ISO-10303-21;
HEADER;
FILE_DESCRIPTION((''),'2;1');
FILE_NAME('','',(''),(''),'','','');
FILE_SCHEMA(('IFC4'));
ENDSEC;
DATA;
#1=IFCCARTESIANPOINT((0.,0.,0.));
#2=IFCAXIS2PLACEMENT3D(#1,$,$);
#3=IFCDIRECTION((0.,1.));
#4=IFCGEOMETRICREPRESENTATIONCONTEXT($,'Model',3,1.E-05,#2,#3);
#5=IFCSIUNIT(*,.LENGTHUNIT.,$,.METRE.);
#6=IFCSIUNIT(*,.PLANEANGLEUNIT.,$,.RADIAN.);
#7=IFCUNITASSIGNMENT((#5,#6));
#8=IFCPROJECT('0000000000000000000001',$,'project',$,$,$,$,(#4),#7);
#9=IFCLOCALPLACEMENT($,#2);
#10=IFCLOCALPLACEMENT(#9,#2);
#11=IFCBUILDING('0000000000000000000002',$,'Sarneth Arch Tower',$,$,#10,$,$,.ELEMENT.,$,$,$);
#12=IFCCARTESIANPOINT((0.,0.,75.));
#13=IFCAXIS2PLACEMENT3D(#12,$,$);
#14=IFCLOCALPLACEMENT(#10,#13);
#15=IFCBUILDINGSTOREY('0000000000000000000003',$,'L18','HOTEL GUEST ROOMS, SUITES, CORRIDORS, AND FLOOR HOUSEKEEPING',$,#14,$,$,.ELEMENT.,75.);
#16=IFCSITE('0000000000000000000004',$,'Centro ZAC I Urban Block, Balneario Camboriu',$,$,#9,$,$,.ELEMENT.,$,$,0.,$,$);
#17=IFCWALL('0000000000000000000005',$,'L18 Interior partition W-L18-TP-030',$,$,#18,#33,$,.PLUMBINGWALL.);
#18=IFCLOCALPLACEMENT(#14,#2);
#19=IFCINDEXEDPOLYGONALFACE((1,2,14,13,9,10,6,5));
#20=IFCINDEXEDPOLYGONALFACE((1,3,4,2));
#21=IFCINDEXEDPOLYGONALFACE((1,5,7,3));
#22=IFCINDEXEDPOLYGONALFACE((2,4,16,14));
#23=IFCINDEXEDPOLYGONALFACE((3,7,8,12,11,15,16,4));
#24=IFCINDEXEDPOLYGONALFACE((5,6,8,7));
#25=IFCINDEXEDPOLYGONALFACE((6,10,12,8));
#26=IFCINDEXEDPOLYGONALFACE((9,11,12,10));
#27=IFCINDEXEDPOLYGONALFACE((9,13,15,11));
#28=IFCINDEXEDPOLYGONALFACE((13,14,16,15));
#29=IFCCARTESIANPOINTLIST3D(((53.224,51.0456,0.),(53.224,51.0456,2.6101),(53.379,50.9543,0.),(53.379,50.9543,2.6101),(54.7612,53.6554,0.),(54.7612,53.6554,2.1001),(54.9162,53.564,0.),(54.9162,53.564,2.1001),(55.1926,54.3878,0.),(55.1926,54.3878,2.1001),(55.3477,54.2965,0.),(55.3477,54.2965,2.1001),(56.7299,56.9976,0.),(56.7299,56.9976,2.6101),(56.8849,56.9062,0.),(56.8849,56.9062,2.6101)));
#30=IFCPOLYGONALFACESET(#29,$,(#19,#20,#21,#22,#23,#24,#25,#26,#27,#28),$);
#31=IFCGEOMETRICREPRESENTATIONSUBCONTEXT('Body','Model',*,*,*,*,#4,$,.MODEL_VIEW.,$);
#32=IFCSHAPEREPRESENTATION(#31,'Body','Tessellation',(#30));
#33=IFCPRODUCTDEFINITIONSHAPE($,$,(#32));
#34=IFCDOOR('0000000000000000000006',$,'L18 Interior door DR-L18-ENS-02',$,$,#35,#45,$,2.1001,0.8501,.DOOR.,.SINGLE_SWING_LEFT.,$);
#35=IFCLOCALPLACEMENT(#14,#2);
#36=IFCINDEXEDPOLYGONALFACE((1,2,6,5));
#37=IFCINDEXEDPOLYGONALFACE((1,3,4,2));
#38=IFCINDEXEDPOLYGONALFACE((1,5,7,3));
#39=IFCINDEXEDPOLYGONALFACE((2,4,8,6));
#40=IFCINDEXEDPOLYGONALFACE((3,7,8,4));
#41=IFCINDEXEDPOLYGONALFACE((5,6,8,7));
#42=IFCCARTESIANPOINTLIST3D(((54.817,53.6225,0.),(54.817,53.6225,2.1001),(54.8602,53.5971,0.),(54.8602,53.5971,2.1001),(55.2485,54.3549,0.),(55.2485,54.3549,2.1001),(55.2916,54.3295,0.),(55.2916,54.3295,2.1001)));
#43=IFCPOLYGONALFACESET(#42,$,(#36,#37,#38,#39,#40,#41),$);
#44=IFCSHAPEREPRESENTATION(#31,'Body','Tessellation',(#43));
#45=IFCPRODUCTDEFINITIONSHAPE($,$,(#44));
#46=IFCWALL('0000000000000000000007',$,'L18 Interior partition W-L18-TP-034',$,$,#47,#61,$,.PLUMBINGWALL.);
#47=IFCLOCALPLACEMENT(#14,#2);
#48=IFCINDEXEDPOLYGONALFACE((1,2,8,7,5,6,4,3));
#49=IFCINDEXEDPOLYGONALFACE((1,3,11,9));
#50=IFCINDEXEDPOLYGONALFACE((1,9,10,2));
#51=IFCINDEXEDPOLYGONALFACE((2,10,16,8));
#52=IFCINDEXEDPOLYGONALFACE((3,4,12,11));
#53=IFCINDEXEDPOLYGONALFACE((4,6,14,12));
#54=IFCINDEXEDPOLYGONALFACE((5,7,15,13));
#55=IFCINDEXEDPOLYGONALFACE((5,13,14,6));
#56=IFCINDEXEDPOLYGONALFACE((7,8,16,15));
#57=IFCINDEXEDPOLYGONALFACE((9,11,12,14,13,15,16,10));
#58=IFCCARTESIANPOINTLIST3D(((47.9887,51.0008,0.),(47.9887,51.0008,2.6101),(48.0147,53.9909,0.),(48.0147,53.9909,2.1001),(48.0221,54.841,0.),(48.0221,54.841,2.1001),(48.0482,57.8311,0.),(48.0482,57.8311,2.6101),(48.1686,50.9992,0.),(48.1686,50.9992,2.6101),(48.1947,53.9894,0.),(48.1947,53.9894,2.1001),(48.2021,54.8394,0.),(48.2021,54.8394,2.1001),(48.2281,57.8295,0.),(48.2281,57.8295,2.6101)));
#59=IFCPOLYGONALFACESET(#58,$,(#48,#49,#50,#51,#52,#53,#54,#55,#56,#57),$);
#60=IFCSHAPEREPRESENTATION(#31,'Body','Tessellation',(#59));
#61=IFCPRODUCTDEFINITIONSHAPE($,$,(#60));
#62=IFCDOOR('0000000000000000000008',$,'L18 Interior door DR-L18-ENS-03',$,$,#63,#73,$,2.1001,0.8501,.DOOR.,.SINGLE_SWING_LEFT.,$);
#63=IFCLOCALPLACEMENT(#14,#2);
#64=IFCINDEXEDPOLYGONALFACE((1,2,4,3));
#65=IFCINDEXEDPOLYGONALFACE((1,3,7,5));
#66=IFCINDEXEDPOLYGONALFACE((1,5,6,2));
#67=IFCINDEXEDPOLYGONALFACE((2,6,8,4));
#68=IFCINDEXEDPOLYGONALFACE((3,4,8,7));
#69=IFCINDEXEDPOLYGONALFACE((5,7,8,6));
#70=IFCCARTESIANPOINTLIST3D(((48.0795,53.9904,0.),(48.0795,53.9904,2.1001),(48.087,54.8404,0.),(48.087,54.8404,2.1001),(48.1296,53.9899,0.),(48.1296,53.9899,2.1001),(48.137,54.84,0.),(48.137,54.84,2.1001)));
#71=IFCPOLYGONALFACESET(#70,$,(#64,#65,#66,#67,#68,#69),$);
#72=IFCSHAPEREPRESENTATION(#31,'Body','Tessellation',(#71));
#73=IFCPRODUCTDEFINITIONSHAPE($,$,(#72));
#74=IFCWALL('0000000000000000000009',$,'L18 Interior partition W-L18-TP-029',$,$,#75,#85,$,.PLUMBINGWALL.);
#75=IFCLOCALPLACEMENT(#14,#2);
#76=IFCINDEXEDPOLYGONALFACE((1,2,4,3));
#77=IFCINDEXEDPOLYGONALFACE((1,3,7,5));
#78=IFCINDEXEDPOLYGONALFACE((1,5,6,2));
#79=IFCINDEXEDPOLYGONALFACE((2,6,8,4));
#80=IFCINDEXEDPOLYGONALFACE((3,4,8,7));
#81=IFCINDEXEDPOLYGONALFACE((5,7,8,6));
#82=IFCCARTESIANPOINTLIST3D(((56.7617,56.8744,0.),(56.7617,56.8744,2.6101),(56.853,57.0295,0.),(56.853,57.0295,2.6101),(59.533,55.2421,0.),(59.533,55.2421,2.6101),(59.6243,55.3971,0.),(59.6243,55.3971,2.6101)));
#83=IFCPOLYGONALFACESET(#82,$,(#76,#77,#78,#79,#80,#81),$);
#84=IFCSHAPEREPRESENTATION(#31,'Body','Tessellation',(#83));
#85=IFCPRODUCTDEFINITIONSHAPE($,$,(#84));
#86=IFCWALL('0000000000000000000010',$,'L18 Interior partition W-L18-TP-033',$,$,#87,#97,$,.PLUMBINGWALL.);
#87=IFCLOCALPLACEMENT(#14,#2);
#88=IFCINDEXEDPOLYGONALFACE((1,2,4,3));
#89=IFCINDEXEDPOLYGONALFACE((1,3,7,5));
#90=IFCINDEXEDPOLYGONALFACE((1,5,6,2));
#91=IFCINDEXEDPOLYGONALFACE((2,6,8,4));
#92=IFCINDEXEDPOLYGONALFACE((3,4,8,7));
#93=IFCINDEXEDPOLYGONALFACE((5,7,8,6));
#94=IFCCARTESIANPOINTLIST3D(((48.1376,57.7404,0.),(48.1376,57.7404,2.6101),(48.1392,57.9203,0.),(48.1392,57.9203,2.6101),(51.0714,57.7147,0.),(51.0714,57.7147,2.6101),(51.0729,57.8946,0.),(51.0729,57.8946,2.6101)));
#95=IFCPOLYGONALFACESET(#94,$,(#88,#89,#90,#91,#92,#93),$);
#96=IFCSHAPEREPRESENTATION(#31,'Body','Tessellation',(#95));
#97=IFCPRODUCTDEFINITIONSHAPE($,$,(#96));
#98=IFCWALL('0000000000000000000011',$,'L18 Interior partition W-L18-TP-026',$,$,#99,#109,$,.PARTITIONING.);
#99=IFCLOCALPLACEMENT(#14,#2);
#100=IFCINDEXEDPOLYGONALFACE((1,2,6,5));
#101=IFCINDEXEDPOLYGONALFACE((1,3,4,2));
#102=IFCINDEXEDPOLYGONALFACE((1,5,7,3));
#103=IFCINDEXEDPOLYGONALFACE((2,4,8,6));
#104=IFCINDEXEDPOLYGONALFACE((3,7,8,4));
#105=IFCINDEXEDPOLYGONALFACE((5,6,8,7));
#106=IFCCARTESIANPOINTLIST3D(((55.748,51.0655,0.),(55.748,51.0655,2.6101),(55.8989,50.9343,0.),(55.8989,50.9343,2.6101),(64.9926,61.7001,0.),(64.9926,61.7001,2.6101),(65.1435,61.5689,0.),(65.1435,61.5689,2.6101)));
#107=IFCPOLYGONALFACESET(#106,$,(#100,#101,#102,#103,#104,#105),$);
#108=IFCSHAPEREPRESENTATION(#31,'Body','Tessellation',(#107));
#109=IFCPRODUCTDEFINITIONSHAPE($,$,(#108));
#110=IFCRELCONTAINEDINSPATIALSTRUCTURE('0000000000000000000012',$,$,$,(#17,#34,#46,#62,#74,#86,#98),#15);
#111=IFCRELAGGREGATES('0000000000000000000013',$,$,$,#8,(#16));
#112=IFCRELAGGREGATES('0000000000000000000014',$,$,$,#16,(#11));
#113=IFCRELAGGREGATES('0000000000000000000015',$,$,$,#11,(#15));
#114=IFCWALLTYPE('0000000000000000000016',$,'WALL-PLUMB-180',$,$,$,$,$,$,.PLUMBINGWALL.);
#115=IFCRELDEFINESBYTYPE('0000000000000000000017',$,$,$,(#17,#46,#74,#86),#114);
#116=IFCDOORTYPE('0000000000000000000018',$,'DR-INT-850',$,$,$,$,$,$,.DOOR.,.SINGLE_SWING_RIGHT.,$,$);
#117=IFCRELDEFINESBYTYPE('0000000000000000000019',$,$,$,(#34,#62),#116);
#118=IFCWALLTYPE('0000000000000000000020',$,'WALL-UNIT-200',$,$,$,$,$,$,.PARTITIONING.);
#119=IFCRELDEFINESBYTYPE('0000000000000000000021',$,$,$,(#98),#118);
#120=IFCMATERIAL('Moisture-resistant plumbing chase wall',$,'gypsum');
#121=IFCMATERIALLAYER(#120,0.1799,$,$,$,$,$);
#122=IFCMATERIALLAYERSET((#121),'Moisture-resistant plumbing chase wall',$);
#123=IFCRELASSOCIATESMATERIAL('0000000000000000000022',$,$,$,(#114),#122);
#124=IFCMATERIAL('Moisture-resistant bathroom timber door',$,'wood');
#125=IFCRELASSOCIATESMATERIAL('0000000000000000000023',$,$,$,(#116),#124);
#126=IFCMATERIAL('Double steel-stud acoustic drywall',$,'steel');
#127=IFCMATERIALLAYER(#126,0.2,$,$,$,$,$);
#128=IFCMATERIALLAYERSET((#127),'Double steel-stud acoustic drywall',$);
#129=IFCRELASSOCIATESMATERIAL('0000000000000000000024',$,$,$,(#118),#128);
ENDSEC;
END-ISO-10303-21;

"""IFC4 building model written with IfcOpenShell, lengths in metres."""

from ifc_helpers import new_model, si_unit, direction, frame, frame_2d, origin, place, context, subcontext, project, spatial, rectangle, extrude, material, layer, layer_set, type_object, element, fill, save


model = new_model("IFC4")

# Units and contexts
model_context = context("Model", 3, precision=1e-05, world=origin(), true_north=direction((0.0, 1.0)))
body_context = subcontext(model_context, "Body", "Model", "MODEL_VIEW")
ifc_project = project(units=[si_unit("LENGTHUNIT", "METRE"), si_unit("PLANEANGLEUNIT", "RADIAN")], contexts=[model_context])

# Site, building, storey
site_placement = place(None, origin())
site = spatial("IfcSite", under=ifc_project, at=site_placement, Name="Centro ZAC I Urban Block, Balneario Camboriu", CompositionType="ELEMENT", RefElevation=0.0)
building_placement = place(site_placement, origin())
building = spatial("IfcBuilding", under=site, at=building_placement, Name="Sarneth Arch Tower", CompositionType="ELEMENT")
storey_placement = place(building_placement, frame((0.0, 0.0, 75.0)))
storey = spatial("IfcBuildingStorey", under=building, at=storey_placement, Name="L18", Description="HOTEL GUEST ROOMS, SUITES, CORRIDORS, AND FLOOR HOUSEKEEPING", CompositionType="ELEMENT", Elevation=75.0)

# Walls, openings, doors
ifc_material_1 = material(Name="Moisture-resistant plumbing chase wall", Category="gypsum")
ifc_layer_1 = layer(ifc_material_1, 0.1799)
ifc_layer_set_1 = layer_set([ifc_layer_1], Name="Moisture-resistant plumbing chase wall")
wall_type_1 = type_object("IfcWallType", Name="WALL-PLUMB-180", PredefinedType="PLUMBINGWALL", material=ifc_layer_set_1)
wall_1_placement = place(storey_placement, frame((56.8074, 56.9519, 0.0), z_axis=(0.0, 0.0, 1.0), x_axis=(-0.50753, -0.861634, 0.0)))
wall_1 = element("IfcWall", 1, at=wall_1_placement, inside=storey, type_object=wall_type_1, Name="L18 Interior partition W-L18-TP-030", PredefinedType="PLUMBINGWALL", context=body_context, shape_type="SweptSolid", body=[
    extrude(rectangle(XDim=6.9077, YDim=0.1799, at=frame_2d((3.4539, 0.0))), origin(), (0.0, 0.0, 1.0), 2.6101),
])
opening_1_placement = place(wall_1_placement, frame((3.0288, 0.0, 0.0)))
opening_1 = element("IfcOpeningElement", 2, at=opening_1_placement, cuts=wall_1, PredefinedType="OPENING", context=body_context, shape_type="SweptSolid", body=[
    extrude(rectangle(XDim=0.8501, YDim=2.1001, at=frame_2d((0.425, 1.05))), frame((0.0, 0.0999, 0.0), z_axis=(0.0, -1.0, 0.0), x_axis=(1.0, 0.0, 0.0)), (0.0, 0.0, 1.0), 0.2),
])
ifc_material_2 = material(Name="Moisture-resistant bathroom timber door", Category="wood")
door_type_1 = type_object("IfcDoorType", Name="DR-INT-850", OperationType="SINGLE_SWING_RIGHT", PredefinedType="DOOR", material=ifc_material_2)
door_1_placement = place(opening_1_placement, origin())
door_1 = element("IfcDoor", 3, at=door_1_placement, inside=storey, type_object=door_type_1, Name="L18 Interior door DR-L18-ENS-02", OperationType="SINGLE_SWING_LEFT", OverallHeight=2.1001, OverallWidth=0.8501, PredefinedType="DOOR", context=body_context, shape_type="SweptSolid", body=[
    extrude(rectangle(XDim=0.8501, YDim=2.1001, at=frame_2d((0.425, 1.05))), frame((0.0, 0.0249, 0.0), z_axis=(0.0, -1.0, 0.0), x_axis=(1.0, 0.0, 0.0)), (0.0, 0.0, 1.0), 0.05),
])
fill(opening_1, door_1)
wall_2_placement = place(storey_placement, frame((48.1382, 57.8303, 0.0), z_axis=(0.0, 0.0, 1.0), x_axis=(-0.008721, -0.999962, 0.0)))
wall_2 = element("IfcWall", 4, at=wall_2_placement, inside=storey, type_object=wall_type_1, Name="L18 Interior partition W-L18-TP-034", PredefinedType="PLUMBINGWALL", context=body_context, shape_type="SweptSolid", body=[
    extrude(rectangle(XDim=6.8306, YDim=0.1799, at=frame_2d((3.4153, 0.0))), origin(), (0.0, 0.0, 1.0), 2.6101),
])
opening_2_placement = place(wall_2_placement, frame((2.9902, 0.0, 0.0)))
opening_2 = element("IfcOpeningElement", 5, at=opening_2_placement, cuts=wall_2, PredefinedType="OPENING", context=body_context, shape_type="SweptSolid", body=[
    extrude(rectangle(XDim=0.8501, YDim=2.1001, at=frame_2d((0.425, 1.05))), frame((0.0, 0.0999, 0.0), z_axis=(0.0, -1.0, 0.0), x_axis=(1.0, 0.0, 0.0)), (0.0, 0.0, 1.0), 0.2),
])
door_2_placement = place(opening_2_placement, origin())
door_2 = element("IfcDoor", 6, at=door_2_placement, inside=storey, type_object=door_type_1, Name="L18 Interior door DR-L18-ENS-03", OperationType="SINGLE_SWING_LEFT", OverallHeight=2.1001, OverallWidth=0.8501, PredefinedType="DOOR", context=body_context, shape_type="SweptSolid", body=[
    extrude(rectangle(XDim=0.8501, YDim=2.1001, at=frame_2d((0.425, 1.05))), frame((0.0, 0.0249, 0.0), z_axis=(0.0, -1.0, 0.0), x_axis=(1.0, 0.0, 0.0)), (0.0, 0.0, 1.0), 0.05),
])
fill(opening_2, door_2)

# Walls
wall_3_placement = place(storey_placement, frame((59.5786, 55.3196, 0.0), z_axis=(0.0, 0.0, 1.0), x_axis=(-0.861637, 0.507524, 0.0)))
element("IfcWall", 7, at=wall_3_placement, inside=storey, type_object=wall_type_1, Name="L18 Interior partition W-L18-TP-029", PredefinedType="PLUMBINGWALL", context=body_context, shape_type="SweptSolid", body=[
    extrude(rectangle(XDim=3.2163, YDim=0.1799, at=frame_2d((1.6082, 0.0))), origin(), (0.0, 0.0, 1.0), 2.6101),
])
wall_4_placement = place(storey_placement, frame((51.072, 57.8047, 0.0), z_axis=(0.0, 0.0, 1.0), x_axis=(-0.999962, 0.008737, 0.0)))
element("IfcWall", 8, at=wall_4_placement, inside=storey, type_object=wall_type_1, Name="L18 Interior partition W-L18-TP-033", PredefinedType="PLUMBINGWALL", context=body_context, shape_type="SweptSolid", body=[
    extrude(rectangle(XDim=2.9338, YDim=0.1799, at=frame_2d((1.4668, 0.0))), origin(), (0.0, 0.0, 1.0), 2.6101),
])
ifc_material_3 = material(Name="Double steel-stud acoustic drywall", Category="steel")
ifc_layer_2 = layer(ifc_material_3, 0.2)
ifc_layer_set_2 = layer_set([ifc_layer_2], Name="Double steel-stud acoustic drywall")
wall_type_2 = type_object("IfcWallType", Name="WALL-UNIT-200", PredefinedType="PARTITIONING", material=ifc_layer_set_2)
wall_5_placement = place(storey_placement, frame((55.8235, 51.0, 0.0), z_axis=(0.0, 0.0, 1.0), x_axis=(0.656066, 0.754703, 0.0)))
element("IfcWall", 9, at=wall_5_placement, inside=storey, type_object=wall_type_2, Name="L18 Interior partition W-L18-TP-026", PredefinedType="PARTITIONING", context=body_context, shape_type="SweptSolid", body=[
    extrude(rectangle(XDim=14.0911, YDim=0.2, at=frame_2d((7.0454, 0.0))), origin(), (0.0, 0.0, 1.0), 2.6101),
])

save(model, "model.ifc")
